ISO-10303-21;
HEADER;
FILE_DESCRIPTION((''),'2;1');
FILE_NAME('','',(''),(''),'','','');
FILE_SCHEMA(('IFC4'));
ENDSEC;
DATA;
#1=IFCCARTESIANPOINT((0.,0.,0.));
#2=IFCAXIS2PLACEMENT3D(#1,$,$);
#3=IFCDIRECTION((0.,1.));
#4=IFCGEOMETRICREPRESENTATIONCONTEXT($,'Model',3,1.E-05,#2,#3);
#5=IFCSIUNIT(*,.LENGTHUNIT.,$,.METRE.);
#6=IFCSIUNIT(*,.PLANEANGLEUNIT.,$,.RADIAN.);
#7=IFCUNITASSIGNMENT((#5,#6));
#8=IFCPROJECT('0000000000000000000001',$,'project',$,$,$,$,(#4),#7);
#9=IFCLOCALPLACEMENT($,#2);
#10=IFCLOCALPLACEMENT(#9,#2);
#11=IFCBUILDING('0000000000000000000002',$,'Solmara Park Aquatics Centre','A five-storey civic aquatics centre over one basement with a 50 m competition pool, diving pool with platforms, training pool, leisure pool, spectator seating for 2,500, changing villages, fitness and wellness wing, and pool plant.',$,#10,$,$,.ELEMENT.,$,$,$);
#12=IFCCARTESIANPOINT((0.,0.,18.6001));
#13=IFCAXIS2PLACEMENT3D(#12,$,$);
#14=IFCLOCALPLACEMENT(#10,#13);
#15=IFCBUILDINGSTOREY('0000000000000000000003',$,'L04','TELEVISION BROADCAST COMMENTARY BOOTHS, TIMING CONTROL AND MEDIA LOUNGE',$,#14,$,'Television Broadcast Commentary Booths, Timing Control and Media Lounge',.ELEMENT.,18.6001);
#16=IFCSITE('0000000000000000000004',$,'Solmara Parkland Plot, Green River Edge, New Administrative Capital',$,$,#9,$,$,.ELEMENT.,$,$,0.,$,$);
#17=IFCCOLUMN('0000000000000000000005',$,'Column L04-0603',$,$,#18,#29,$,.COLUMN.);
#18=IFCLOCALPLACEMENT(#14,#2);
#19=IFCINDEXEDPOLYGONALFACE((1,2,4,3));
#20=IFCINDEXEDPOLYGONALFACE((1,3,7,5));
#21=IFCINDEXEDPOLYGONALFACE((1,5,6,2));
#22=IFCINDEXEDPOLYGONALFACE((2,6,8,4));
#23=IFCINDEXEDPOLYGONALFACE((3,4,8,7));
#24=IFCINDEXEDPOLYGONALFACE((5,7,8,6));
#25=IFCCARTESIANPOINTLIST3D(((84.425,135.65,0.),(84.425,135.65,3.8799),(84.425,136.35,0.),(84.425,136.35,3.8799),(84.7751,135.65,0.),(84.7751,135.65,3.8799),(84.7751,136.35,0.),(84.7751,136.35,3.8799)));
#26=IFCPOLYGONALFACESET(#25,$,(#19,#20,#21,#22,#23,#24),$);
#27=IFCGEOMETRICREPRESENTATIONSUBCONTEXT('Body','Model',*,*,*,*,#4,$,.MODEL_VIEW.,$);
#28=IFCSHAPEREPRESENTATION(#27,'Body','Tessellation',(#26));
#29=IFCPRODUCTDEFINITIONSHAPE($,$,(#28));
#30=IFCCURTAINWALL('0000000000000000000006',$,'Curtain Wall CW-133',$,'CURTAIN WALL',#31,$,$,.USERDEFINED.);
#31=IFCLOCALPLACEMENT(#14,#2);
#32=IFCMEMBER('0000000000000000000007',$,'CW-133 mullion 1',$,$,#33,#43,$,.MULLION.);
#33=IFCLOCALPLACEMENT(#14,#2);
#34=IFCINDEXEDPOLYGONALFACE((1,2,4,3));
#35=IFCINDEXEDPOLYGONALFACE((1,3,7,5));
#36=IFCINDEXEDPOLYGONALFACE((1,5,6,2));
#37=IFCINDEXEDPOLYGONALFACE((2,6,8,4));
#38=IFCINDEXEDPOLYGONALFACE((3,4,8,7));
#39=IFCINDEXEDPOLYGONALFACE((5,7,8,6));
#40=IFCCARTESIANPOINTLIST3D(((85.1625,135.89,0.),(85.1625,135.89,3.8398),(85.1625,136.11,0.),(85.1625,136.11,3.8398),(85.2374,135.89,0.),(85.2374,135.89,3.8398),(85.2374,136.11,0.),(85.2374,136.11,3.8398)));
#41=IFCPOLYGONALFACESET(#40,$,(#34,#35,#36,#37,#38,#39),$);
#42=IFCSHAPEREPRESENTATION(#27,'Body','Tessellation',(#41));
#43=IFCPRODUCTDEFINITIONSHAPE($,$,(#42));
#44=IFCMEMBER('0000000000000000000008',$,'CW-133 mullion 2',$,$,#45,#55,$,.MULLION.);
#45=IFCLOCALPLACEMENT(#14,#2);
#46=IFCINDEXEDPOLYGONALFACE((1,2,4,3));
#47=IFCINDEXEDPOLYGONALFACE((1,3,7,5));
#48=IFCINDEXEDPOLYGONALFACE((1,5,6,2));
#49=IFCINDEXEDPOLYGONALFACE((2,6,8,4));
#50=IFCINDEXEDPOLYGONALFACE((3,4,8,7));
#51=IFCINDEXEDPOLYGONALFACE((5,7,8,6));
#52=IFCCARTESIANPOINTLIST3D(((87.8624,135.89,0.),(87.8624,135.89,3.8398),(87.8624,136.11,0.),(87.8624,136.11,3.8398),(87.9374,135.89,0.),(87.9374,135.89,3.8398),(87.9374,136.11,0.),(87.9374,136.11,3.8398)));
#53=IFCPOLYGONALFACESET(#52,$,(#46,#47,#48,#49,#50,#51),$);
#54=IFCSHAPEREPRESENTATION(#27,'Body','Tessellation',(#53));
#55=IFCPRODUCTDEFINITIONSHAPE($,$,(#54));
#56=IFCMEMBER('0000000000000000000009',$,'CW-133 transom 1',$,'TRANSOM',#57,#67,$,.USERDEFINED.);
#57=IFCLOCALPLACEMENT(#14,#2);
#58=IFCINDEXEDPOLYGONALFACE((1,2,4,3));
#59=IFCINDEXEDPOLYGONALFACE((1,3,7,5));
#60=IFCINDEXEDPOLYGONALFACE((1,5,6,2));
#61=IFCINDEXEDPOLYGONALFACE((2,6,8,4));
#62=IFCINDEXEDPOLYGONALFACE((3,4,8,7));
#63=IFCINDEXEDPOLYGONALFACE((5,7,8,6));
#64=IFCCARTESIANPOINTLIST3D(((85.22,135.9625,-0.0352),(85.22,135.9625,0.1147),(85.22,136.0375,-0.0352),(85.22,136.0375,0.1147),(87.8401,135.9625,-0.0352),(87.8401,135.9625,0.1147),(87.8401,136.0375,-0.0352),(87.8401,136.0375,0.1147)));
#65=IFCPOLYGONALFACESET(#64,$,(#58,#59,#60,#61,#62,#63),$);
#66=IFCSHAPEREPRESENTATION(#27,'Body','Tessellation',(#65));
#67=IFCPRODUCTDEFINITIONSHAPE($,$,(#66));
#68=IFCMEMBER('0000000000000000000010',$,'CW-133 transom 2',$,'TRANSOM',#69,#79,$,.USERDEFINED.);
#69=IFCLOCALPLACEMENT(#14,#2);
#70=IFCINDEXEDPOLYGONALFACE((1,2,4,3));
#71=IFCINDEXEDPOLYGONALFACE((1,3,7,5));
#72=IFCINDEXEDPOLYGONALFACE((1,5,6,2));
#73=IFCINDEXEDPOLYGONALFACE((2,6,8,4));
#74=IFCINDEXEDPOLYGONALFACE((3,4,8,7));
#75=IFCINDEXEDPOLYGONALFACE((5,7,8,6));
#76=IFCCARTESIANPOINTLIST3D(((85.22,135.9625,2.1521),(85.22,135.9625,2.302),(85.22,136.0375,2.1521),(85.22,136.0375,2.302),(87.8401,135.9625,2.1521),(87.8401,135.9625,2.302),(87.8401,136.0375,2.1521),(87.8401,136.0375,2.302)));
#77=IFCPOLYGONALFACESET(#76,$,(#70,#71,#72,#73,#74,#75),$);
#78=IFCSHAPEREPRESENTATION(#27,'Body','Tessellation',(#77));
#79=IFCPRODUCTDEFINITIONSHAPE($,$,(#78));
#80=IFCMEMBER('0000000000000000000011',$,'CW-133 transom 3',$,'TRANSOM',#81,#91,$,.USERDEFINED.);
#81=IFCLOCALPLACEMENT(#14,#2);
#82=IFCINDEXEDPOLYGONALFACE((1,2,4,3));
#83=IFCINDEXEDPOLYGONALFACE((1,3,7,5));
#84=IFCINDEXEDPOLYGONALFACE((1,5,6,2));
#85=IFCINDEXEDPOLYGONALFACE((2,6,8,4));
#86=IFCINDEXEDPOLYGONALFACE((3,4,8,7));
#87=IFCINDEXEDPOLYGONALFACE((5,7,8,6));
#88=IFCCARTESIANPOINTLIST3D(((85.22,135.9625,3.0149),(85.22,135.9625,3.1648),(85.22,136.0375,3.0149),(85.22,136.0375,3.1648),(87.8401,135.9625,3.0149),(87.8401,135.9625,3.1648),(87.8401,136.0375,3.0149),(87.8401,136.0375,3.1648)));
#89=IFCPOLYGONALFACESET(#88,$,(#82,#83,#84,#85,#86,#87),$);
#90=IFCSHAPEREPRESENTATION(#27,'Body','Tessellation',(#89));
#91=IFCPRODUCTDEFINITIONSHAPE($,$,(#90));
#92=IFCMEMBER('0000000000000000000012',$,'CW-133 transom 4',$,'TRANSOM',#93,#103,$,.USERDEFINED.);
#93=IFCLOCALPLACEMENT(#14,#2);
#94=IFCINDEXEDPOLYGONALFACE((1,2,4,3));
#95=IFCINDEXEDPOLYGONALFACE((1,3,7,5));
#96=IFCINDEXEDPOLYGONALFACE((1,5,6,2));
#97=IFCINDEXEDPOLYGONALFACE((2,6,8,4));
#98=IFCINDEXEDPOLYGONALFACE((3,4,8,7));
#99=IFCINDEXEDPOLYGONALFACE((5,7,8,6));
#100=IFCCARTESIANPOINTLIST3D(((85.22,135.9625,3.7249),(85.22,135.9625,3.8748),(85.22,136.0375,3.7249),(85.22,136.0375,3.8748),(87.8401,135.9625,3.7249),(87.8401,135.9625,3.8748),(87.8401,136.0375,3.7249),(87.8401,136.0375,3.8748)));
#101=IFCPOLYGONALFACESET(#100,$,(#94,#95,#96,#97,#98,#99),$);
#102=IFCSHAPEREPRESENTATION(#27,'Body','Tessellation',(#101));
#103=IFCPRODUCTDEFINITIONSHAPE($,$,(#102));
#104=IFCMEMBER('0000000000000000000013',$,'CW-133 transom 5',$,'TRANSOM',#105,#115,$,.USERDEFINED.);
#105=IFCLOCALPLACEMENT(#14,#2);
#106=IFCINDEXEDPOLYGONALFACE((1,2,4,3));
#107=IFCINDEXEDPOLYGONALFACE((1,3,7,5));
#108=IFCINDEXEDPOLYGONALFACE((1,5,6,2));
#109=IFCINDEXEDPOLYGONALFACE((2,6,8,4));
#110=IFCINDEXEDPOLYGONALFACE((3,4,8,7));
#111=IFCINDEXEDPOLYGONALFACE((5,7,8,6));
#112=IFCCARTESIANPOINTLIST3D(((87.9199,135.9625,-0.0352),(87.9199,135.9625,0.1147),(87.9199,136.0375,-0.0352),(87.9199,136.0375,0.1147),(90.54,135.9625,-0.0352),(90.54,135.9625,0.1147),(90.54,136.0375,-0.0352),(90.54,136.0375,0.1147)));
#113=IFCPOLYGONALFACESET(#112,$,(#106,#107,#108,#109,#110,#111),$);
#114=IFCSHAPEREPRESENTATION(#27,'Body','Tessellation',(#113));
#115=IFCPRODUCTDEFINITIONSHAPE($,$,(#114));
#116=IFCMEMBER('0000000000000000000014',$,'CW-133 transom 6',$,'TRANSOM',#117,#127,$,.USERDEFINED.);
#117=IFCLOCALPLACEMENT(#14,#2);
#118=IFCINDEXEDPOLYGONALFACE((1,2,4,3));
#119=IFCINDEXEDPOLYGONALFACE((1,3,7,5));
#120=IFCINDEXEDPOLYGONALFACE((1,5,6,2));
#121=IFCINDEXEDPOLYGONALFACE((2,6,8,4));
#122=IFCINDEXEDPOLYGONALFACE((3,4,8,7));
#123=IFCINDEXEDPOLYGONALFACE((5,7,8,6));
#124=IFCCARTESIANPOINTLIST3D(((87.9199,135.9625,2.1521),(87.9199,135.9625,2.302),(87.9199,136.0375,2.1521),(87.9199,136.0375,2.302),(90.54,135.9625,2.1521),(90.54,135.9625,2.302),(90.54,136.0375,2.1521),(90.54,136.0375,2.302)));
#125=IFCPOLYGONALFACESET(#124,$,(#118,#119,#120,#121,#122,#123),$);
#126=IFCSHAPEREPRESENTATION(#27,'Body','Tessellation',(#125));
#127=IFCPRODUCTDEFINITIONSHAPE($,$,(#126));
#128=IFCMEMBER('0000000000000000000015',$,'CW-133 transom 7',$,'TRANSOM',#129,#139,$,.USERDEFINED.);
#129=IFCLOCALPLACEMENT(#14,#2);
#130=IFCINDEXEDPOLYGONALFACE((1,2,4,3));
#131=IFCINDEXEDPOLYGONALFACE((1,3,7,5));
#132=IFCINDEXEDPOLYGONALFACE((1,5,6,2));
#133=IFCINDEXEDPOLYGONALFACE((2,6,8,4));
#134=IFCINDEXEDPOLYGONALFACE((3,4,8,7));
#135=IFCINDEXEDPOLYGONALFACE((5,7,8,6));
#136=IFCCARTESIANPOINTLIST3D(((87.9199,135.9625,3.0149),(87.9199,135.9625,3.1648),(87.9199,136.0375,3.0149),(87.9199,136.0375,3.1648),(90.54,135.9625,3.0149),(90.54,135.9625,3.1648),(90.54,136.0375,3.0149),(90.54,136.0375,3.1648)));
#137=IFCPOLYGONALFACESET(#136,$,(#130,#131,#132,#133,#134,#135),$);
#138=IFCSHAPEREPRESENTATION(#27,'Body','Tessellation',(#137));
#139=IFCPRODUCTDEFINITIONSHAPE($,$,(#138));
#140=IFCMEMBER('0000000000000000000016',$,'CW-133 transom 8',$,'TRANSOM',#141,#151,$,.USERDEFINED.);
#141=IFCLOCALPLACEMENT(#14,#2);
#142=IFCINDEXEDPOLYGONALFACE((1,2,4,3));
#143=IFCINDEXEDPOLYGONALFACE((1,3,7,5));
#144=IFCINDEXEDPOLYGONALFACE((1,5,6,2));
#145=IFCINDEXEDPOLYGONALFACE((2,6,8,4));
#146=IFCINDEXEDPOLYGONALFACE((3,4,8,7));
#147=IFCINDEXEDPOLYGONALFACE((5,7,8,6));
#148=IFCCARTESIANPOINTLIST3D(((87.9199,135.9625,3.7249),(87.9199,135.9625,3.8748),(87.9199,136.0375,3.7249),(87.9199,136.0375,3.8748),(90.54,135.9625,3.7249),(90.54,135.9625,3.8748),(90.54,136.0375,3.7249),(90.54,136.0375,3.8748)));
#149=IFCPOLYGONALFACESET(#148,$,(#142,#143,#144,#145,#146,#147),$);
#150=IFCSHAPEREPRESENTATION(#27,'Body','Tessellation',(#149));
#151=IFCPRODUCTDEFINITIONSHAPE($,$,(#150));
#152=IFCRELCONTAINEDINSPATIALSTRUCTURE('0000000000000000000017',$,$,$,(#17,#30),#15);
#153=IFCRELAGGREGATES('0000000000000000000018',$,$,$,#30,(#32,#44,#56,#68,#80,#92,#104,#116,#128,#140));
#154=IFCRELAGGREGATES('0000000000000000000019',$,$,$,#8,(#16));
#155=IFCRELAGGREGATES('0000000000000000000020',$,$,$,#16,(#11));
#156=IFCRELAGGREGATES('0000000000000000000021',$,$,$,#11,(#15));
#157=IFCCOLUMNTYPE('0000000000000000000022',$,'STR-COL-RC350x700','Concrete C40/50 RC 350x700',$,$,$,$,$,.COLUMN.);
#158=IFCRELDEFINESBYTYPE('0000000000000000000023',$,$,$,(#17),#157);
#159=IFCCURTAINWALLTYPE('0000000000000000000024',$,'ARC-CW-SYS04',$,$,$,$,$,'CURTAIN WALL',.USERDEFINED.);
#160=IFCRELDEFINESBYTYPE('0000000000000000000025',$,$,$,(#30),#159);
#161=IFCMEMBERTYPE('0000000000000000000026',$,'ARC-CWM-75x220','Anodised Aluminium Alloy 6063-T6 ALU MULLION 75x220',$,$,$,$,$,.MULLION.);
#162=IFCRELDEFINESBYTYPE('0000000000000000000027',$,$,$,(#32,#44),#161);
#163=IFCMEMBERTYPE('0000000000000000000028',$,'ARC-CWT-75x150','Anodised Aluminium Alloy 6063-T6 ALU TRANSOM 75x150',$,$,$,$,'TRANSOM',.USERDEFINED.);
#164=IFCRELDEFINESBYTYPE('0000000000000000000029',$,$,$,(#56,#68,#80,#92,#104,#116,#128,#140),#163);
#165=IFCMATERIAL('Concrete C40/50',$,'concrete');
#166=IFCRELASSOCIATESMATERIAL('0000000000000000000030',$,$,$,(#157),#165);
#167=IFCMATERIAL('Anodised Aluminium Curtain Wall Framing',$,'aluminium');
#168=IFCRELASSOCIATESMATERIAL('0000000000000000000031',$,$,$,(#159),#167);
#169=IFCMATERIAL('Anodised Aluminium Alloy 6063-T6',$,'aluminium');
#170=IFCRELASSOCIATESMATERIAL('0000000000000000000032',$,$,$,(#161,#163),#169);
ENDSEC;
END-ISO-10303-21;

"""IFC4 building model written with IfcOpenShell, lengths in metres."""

from ifc_helpers import new_model, si_unit, direction, frame, origin, origin_2d, place, context, subcontext, project, spatial, rectangle, extrude, material, material_profile, profile_set, type_object, element, aggregate, save


model = new_model("IFC4")

# Units and contexts
model_context = context("Model", 3, precision=1e-05, world=origin(), true_north=direction((0.0, 1.0)))
body_context = subcontext(model_context, "Body", "Model", "MODEL_VIEW")
ifc_project = project(units=[si_unit("LENGTHUNIT", "METRE"), si_unit("PLANEANGLEUNIT", "RADIAN")], contexts=[model_context])

# Site, building, storey
site_placement = place(None, origin())
site = spatial("IfcSite", under=ifc_project, at=site_placement, Name="Solmara Parkland Plot, Green River Edge, New Administrative Capital", CompositionType="ELEMENT", RefElevation=0.0)
building_placement = place(site_placement, origin())
building = spatial("IfcBuilding", under=site, at=building_placement, Name="Solmara Park Aquatics Centre", Description="A five-storey civic aquatics centre over one basement with a 50 m competition pool, diving pool with platforms, training pool, leisure pool, spectator seating for 2,500, changing villages, fitness and wellness wing, and pool plant.", CompositionType="ELEMENT")
storey_placement = place(building_placement, frame((0.0, 0.0, 18.6001)))
storey = spatial("IfcBuildingStorey", under=building, at=storey_placement, Name="L04", Description="TELEVISION BROADCAST COMMENTARY BOOTHS, TIMING CONTROL AND MEDIA LOUNGE", LongName="Television Broadcast Commentary Booths, Timing Control and Media Lounge", CompositionType="ELEMENT", Elevation=18.6001)

# Column
ifc_material_1 = material(Name="Concrete C40/50", Category="concrete")
ifc_material_profile_1 = material_profile(ifc_material_1, rectangle(XDim=0.3501, YDim=0.7, at=origin_2d()), Name="RC 350x700")
ifc_profile_set_1 = profile_set([ifc_material_profile_1], Name="Concrete C40/50")
column_type = type_object("IfcColumnType", Name="STR-COL-RC350x700", Description="Concrete C40/50 RC 350x700", PredefinedType="COLUMN", material=ifc_profile_set_1)
column_placement = place(storey_placement, frame((84.6001, 136.0, 0.0), z_axis=(0.0, 0.0, 1.0), x_axis=(1.0, 0.0, 0.0)))
element("IfcColumn", 1, at=column_placement, inside=storey, type_object=column_type, Name="Column L04-0603", PredefinedType="COLUMN", context=body_context, shape_type="SweptSolid", body=[
    extrude(rectangle(XDim=0.3501, YDim=0.7, at=origin_2d()), origin(), (0.0, 0.0, 1.0), 3.8799),
])

# Curtain wall, members
ifc_material_2 = material(Name="Anodised Aluminium Curtain Wall Framing", Category="aluminium")
curtain_wall_type = type_object("IfcCurtainWallType", Name="ARC-CW-SYS04", ElementType="CURTAIN WALL", PredefinedType="USERDEFINED", material=ifc_material_2)
curtain_wall_placement = place(storey_placement, origin())
curtain_wall = element("IfcCurtainWall", 2, at=curtain_wall_placement, inside=storey, type_object=curtain_wall_type, Name="Curtain Wall CW-133", ObjectType="CURTAIN WALL", PredefinedType="USERDEFINED")
ifc_material_3 = material(Name="Anodised Aluminium Alloy 6063-T6", Category="aluminium")
ifc_material_profile_2 = material_profile(ifc_material_3, rectangle(XDim=0.075, YDim=0.22, at=origin_2d()), Name="ALU MULLION 75x220")
ifc_profile_set_2 = profile_set([ifc_material_profile_2], Name="Anodised Aluminium Alloy 6063-T6")
member_type_1 = type_object("IfcMemberType", Name="ARC-CWM-75x220", Description="Anodised Aluminium Alloy 6063-T6 ALU MULLION 75x220", PredefinedType="MULLION", material=ifc_profile_set_2)
member_1_placement = place(storey_placement, frame((85.2, 136.0, 0.0), z_axis=(0.0, 0.0, 1.0), x_axis=(1.0, 0.0, 0.0)))
member_1 = element("IfcMember", 3, at=member_1_placement, type_object=member_type_1, Name="CW-133 mullion 1", PredefinedType="MULLION", context=body_context, shape_type="SweptSolid", body=[
    extrude(rectangle(XDim=0.075, YDim=0.22, at=origin_2d()), origin(), (0.0, 0.0, 1.0), 3.8398),
])
member_2_placement = place(storey_placement, frame((87.8999, 136.0, 0.0), z_axis=(0.0, 0.0, 1.0), x_axis=(1.0, 0.0, 0.0)))
member_2 = element("IfcMember", 4, at=member_2_placement, type_object=member_type_1, Name="CW-133 mullion 2", PredefinedType="MULLION", context=body_context, shape_type="SweptSolid", body=[
    extrude(rectangle(XDim=0.075, YDim=0.22, at=origin_2d()), origin(), (0.0, 0.0, 1.0), 3.8398),
])
ifc_material_profile_3 = material_profile(ifc_material_3, rectangle(XDim=0.075, YDim=0.1499, at=origin_2d()), Name="ALU TRANSOM 75x150")
ifc_profile_set_3 = profile_set([ifc_material_profile_3], Name="Anodised Aluminium Alloy 6063-T6")
member_type_2 = type_object("IfcMemberType", Name="ARC-CWT-75x150", Description="Anodised Aluminium Alloy 6063-T6 ALU TRANSOM 75x150", ElementType="TRANSOM", PredefinedType="USERDEFINED", material=ifc_profile_set_3)
member_3_placement = place(storey_placement, frame((85.22, 136.0, 0.0398), z_axis=(1.0, 0.0, 0.0), x_axis=(0.0, 1.0, 0.0)))
member_3 = element("IfcMember", 5, at=member_3_placement, type_object=member_type_2, Name="CW-133 transom 1", ObjectType="TRANSOM", PredefinedType="USERDEFINED", context=body_context, shape_type="SweptSolid", body=[
    extrude(rectangle(XDim=0.075, YDim=0.1499, at=origin_2d()), origin(), (0.0, 0.0, 1.0), 2.6201),
])
member_4_placement = place(storey_placement, frame((85.22, 136.0, 2.2271), z_axis=(1.0, 0.0, 0.0), x_axis=(0.0, 1.0, 0.0)))
member_4 = element("IfcMember", 6, at=member_4_placement, type_object=member_type_2, Name="CW-133 transom 2", ObjectType="TRANSOM", PredefinedType="USERDEFINED", context=body_context, shape_type="SweptSolid", body=[
    extrude(rectangle(XDim=0.075, YDim=0.1499, at=origin_2d()), origin(), (0.0, 0.0, 1.0), 2.6201),
])
member_5_placement = place(storey_placement, frame((85.22, 136.0, 3.0898), z_axis=(1.0, 0.0, 0.0), x_axis=(0.0, 1.0, 0.0)))
member_5 = element("IfcMember", 7, at=member_5_placement, type_object=member_type_2, Name="CW-133 transom 3", ObjectType="TRANSOM", PredefinedType="USERDEFINED", context=body_context, shape_type="SweptSolid", body=[
    extrude(rectangle(XDim=0.075, YDim=0.1499, at=origin_2d()), origin(), (0.0, 0.0, 1.0), 2.6201),
])
member_6_placement = place(storey_placement, frame((85.22, 136.0, 3.7998), z_axis=(1.0, 0.0, 0.0), x_axis=(0.0, 1.0, 0.0)))
member_6 = element("IfcMember", 8, at=member_6_placement, type_object=member_type_2, Name="CW-133 transom 4", ObjectType="TRANSOM", PredefinedType="USERDEFINED", context=body_context, shape_type="SweptSolid", body=[
    extrude(rectangle(XDim=0.075, YDim=0.1499, at=origin_2d()), origin(), (0.0, 0.0, 1.0), 2.6201),
])
member_7_placement = place(storey_placement, frame((87.9199, 136.0, 0.0398), z_axis=(1.0, 0.0, 0.0), x_axis=(0.0, 1.0, 0.0)))
member_7 = element("IfcMember", 9, at=member_7_placement, type_object=member_type_2, Name="CW-133 transom 5", ObjectType="TRANSOM", PredefinedType="USERDEFINED", context=body_context, shape_type="SweptSolid", body=[
    extrude(rectangle(XDim=0.075, YDim=0.1499, at=origin_2d()), origin(), (0.0, 0.0, 1.0), 2.6201),
])
member_8_placement = place(storey_placement, frame((87.9199, 136.0, 2.2271), z_axis=(1.0, 0.0, 0.0), x_axis=(0.0, 1.0, 0.0)))
member_8 = element("IfcMember", 10, at=member_8_placement, type_object=member_type_2, Name="CW-133 transom 6", ObjectType="TRANSOM", PredefinedType="USERDEFINED", context=body_context, shape_type="SweptSolid", body=[
    extrude(rectangle(XDim=0.075, YDim=0.1499, at=origin_2d()), origin(), (0.0, 0.0, 1.0), 2.6201),
])
member_9_placement = place(storey_placement, frame((87.9199, 136.0, 3.0898), z_axis=(1.0, 0.0, 0.0), x_axis=(0.0, 1.0, 0.0)))
member_9 = element("IfcMember", 11, at=member_9_placement, type_object=member_type_2, Name="CW-133 transom 7", ObjectType="TRANSOM", PredefinedType="USERDEFINED", context=body_context, shape_type="SweptSolid", body=[
    extrude(rectangle(XDim=0.075, YDim=0.1499, at=origin_2d()), origin(), (0.0, 0.0, 1.0), 2.6201),
])
member_10_placement = place(storey_placement, frame((87.9199, 136.0, 3.7998), z_axis=(1.0, 0.0, 0.0), x_axis=(0.0, 1.0, 0.0)))
member_10 = element("IfcMember", 12, at=member_10_placement, type_object=member_type_2, Name="CW-133 transom 8", ObjectType="TRANSOM", PredefinedType="USERDEFINED", context=body_context, shape_type="SweptSolid", body=[
    extrude(rectangle(XDim=0.075, YDim=0.1499, at=origin_2d()), origin(), (0.0, 0.0, 1.0), 2.6201),
])

aggregate(curtain_wall, [member_1, member_2, member_3, member_4, member_5, member_6, member_7, member_8, member_9, member_10])

save(model, "model.ifc")
